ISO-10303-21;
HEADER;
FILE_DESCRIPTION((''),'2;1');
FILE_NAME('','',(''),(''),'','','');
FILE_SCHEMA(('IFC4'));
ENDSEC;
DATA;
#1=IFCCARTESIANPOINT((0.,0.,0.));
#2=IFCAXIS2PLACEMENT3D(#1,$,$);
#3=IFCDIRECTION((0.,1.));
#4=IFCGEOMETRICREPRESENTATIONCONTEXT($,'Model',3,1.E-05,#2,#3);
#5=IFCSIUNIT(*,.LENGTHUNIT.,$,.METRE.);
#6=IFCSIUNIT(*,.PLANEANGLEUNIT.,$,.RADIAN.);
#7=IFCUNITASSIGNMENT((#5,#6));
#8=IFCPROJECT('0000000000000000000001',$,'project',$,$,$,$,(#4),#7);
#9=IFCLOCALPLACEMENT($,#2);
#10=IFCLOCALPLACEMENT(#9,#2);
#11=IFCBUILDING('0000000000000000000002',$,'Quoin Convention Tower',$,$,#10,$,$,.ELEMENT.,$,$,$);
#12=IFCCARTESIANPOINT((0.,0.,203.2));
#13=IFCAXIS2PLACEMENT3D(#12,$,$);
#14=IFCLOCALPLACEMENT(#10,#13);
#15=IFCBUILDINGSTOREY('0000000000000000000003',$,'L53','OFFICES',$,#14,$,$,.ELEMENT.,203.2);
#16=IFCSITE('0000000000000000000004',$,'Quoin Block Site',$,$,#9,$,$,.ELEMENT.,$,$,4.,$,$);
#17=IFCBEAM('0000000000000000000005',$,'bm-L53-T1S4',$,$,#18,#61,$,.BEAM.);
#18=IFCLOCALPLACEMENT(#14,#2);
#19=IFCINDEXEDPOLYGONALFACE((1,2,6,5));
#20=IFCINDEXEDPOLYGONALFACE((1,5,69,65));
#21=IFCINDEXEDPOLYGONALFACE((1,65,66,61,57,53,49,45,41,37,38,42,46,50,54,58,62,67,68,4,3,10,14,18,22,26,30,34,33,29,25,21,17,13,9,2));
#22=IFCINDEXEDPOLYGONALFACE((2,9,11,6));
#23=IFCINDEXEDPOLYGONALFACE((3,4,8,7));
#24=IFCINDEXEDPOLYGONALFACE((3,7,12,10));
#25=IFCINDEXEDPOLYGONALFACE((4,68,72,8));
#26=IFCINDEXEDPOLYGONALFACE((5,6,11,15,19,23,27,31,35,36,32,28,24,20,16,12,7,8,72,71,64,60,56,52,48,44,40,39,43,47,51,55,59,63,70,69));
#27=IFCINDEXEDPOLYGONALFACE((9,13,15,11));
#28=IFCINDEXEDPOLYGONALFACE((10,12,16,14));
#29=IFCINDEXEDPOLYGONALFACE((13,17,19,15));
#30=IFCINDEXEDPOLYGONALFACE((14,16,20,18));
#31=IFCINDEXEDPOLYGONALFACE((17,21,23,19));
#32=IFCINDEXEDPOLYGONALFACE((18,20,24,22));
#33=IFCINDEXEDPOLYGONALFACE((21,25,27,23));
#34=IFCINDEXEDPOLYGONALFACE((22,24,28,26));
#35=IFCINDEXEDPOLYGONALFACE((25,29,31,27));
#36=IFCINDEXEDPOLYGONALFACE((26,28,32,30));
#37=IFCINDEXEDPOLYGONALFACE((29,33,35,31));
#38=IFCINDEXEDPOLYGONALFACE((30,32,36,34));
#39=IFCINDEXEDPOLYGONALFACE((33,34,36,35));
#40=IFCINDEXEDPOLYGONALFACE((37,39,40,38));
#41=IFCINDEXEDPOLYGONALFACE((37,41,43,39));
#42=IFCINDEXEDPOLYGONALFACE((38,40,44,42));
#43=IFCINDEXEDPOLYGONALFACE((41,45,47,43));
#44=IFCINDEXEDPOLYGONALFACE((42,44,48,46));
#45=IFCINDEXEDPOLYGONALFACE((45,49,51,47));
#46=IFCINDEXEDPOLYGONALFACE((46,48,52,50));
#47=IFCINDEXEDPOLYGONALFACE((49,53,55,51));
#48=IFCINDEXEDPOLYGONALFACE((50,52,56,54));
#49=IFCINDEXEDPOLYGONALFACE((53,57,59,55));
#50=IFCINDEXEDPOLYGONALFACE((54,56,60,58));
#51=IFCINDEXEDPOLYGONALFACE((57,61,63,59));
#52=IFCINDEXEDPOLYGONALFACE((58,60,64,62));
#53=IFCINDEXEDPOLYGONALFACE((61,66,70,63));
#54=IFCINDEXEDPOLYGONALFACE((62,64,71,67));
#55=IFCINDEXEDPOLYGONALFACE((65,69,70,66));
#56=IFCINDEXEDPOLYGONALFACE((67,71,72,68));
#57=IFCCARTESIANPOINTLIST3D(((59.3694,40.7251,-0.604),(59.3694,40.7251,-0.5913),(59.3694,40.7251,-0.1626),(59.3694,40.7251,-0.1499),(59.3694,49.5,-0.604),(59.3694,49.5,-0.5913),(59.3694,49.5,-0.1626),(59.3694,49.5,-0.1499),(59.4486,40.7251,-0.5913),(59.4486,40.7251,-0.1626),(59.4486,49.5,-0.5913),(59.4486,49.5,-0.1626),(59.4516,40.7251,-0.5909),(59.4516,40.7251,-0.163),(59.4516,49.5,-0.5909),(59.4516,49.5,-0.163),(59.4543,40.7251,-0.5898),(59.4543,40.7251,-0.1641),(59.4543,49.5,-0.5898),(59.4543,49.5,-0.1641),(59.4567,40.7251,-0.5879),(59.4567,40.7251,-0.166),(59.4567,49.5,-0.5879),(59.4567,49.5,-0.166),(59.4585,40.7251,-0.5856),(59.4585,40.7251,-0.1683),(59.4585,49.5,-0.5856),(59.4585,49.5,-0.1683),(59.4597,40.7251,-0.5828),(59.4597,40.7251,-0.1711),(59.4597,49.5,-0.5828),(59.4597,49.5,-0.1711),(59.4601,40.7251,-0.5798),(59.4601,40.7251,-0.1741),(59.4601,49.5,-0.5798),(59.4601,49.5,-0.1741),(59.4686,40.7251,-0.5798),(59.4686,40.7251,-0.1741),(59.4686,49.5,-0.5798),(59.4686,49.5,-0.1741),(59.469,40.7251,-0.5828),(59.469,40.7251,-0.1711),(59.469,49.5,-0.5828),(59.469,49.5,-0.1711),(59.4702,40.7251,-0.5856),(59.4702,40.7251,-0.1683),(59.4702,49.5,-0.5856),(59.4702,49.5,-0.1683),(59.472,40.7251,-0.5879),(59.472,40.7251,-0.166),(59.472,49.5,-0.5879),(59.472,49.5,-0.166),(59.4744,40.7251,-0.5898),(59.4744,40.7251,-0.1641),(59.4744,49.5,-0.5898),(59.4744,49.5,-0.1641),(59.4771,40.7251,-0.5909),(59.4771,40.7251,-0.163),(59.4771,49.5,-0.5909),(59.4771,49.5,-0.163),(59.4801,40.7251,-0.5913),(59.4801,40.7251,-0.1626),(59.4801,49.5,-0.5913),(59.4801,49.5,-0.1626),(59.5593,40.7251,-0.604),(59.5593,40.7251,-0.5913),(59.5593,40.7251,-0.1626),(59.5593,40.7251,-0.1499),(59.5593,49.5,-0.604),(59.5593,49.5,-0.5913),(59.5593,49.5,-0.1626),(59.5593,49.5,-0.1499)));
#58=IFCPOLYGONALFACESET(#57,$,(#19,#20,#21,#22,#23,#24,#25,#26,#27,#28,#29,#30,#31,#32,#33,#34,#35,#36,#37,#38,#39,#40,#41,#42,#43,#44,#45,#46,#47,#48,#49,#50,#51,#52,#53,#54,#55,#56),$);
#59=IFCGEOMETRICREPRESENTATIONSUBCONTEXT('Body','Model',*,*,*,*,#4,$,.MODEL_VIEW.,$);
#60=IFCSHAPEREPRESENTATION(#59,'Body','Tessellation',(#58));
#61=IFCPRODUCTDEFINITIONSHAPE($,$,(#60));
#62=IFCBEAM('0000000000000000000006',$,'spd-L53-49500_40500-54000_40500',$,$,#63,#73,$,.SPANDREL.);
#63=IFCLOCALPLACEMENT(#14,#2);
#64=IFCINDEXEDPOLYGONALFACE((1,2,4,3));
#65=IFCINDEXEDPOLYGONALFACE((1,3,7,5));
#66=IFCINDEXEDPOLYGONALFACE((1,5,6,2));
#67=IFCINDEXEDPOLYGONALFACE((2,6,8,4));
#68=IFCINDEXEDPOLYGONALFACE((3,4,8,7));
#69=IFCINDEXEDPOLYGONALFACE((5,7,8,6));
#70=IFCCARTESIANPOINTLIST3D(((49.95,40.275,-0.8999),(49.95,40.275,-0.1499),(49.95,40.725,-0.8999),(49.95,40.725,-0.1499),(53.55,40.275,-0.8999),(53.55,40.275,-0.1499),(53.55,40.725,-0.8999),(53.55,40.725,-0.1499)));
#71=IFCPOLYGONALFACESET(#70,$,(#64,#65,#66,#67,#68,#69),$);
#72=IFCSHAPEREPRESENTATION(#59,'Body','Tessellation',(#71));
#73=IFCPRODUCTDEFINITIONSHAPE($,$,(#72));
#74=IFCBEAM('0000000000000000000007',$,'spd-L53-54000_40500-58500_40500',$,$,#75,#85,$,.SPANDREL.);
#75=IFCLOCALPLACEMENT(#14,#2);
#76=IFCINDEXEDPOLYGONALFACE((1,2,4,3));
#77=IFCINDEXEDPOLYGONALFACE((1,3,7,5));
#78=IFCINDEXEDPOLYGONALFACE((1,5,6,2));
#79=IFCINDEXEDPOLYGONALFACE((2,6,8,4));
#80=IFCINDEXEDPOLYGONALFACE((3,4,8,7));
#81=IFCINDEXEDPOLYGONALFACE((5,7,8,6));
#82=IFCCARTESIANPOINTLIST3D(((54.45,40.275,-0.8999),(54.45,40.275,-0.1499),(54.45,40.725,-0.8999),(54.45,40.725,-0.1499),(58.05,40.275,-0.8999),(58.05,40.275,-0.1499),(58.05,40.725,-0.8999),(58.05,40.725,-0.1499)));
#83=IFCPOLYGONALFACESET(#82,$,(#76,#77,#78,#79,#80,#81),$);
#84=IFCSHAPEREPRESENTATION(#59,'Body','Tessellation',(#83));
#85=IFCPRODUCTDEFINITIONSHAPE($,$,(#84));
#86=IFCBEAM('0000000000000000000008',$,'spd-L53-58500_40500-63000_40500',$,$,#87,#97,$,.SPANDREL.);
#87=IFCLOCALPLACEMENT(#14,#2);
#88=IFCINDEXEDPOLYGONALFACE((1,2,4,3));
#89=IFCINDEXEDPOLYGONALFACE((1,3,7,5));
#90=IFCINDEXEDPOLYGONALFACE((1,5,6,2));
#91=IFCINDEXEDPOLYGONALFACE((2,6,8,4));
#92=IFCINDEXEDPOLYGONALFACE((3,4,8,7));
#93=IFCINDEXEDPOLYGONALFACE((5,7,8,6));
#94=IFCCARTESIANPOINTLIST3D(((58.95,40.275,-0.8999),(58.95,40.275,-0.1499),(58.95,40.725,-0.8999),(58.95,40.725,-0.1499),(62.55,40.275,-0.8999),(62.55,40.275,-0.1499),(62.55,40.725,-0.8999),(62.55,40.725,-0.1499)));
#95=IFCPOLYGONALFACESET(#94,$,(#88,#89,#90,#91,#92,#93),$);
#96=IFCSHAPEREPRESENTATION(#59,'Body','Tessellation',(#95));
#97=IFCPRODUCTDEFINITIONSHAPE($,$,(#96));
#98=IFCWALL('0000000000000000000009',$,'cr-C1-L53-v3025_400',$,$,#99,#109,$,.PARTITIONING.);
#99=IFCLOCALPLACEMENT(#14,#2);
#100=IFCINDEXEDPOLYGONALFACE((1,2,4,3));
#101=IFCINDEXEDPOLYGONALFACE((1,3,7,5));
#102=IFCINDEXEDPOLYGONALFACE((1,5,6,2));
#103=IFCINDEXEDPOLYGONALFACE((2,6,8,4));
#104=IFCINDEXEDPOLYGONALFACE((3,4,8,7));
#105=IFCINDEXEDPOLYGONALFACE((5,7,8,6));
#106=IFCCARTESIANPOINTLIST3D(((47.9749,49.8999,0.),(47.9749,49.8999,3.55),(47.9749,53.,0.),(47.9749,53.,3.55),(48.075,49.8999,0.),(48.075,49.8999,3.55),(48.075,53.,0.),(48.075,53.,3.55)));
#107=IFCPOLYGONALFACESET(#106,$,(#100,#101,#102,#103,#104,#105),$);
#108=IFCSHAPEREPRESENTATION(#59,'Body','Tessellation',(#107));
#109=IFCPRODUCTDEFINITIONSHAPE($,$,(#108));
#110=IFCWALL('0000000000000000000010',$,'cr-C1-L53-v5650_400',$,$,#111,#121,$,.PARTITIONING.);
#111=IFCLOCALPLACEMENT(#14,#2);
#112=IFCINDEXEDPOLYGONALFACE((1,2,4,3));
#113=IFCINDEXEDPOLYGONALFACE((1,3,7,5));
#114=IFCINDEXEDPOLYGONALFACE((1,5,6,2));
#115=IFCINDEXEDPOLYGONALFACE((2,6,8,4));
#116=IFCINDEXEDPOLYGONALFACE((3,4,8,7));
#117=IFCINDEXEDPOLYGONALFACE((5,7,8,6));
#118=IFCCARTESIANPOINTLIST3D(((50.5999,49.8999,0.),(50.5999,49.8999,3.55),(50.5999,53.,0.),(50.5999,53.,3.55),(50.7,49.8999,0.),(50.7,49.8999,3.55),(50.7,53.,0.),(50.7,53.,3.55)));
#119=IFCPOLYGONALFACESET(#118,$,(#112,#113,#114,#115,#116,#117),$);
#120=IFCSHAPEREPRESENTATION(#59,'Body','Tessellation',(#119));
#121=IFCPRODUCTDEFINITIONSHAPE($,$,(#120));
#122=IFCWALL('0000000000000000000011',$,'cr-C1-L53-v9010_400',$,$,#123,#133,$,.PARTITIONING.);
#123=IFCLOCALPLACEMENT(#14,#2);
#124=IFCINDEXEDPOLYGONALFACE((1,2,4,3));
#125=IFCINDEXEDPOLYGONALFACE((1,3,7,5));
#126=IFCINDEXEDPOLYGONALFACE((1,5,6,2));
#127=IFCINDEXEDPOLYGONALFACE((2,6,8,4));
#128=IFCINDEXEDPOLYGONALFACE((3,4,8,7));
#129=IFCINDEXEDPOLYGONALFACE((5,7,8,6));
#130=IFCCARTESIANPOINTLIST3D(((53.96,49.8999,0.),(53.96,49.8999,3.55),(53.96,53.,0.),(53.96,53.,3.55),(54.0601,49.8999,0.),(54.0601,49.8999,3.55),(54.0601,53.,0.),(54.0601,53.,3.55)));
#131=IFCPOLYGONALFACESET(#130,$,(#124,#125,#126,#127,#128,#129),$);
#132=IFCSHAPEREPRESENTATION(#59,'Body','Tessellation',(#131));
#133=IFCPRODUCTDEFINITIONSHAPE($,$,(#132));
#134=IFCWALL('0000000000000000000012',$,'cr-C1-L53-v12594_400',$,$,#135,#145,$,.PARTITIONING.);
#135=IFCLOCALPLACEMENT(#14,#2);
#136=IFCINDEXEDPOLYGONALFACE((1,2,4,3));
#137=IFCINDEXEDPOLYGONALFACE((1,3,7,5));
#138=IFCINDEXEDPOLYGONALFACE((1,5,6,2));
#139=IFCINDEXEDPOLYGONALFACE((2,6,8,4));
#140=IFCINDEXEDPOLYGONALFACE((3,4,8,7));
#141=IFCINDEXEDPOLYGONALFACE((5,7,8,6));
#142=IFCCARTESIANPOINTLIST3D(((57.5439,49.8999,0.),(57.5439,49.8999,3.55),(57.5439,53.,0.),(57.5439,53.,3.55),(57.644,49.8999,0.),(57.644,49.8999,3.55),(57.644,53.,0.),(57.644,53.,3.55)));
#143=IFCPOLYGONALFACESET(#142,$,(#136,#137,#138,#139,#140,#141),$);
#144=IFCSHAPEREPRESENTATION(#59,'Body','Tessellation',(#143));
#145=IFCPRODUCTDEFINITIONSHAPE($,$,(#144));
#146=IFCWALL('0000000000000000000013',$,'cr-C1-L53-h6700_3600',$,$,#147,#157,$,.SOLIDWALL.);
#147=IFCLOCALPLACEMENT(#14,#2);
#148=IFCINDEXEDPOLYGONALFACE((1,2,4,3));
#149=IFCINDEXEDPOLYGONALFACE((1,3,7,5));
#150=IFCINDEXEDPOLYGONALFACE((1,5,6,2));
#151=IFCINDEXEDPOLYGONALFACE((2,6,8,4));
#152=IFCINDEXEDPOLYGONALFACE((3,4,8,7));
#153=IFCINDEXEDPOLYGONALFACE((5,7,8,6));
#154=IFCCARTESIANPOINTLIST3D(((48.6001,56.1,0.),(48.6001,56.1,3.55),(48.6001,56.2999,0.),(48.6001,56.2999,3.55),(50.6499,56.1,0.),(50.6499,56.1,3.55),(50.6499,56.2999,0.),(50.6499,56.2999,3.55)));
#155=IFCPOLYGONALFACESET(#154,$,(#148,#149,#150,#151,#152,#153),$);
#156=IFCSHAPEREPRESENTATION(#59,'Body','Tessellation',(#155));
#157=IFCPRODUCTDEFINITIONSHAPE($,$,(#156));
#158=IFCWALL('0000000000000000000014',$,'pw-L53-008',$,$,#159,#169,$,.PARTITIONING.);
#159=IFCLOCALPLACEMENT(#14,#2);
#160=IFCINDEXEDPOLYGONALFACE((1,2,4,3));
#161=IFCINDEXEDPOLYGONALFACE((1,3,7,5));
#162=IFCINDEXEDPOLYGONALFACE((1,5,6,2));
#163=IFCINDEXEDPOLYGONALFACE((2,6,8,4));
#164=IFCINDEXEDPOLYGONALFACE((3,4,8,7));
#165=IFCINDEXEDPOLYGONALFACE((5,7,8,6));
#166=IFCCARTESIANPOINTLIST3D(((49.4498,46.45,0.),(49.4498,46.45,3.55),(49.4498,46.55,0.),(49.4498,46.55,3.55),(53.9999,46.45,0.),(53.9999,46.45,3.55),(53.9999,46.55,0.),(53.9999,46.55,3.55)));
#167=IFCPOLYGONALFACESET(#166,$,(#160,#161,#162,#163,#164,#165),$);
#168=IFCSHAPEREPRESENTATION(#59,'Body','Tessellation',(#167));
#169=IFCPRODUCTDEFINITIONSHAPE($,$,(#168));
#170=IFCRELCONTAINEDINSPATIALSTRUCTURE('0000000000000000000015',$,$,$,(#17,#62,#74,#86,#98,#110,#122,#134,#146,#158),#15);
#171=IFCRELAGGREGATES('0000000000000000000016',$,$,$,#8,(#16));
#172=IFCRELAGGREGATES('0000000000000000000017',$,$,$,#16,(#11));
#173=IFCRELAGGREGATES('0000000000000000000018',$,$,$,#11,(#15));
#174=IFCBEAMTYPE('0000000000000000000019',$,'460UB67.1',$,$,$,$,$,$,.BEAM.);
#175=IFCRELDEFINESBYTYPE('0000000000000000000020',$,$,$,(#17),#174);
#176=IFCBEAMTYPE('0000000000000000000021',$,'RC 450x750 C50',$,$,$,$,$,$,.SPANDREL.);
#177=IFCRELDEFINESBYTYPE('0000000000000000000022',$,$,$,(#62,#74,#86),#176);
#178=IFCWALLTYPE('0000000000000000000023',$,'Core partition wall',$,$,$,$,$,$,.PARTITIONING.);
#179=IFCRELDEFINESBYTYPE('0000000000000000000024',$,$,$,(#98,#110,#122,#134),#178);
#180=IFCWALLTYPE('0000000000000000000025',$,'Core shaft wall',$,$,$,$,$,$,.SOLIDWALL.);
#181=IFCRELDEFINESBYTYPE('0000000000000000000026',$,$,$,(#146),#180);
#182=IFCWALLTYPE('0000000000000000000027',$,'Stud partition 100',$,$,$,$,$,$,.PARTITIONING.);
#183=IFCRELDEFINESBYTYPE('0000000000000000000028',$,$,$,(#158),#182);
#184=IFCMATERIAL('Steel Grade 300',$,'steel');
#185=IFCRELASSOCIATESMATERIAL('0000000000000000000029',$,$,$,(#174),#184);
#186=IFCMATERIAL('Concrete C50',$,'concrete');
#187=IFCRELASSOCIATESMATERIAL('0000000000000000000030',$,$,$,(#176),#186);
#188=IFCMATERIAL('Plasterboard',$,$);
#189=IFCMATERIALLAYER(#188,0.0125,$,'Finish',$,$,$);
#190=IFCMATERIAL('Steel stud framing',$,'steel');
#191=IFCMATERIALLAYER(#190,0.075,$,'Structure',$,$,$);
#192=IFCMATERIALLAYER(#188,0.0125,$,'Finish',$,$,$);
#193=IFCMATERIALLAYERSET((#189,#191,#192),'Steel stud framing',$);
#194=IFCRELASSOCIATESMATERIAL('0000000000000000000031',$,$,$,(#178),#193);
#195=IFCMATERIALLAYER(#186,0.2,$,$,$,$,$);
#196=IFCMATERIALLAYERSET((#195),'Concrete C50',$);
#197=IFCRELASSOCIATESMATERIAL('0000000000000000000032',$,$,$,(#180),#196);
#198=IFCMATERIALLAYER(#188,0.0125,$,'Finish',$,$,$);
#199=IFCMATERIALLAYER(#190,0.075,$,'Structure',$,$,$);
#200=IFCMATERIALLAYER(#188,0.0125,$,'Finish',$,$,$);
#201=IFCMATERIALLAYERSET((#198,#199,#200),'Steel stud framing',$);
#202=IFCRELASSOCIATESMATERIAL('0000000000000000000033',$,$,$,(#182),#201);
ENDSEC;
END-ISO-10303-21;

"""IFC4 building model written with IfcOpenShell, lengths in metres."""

from ifc_helpers import new_model, si_unit, direction, frame, frame_2d, origin, origin_2d, place, context, subcontext, project, spatial, rectangle, i_section, extrude, material, layer, layer_set, material_profile, profile_set, type_object, element, save


model = new_model("IFC4")

# Units and contexts
model_context = context("Model", 3, precision=1e-05, world=origin(), true_north=direction((0.0, 1.0)))
body_context = subcontext(model_context, "Body", "Model", "MODEL_VIEW")
ifc_project = project(units=[si_unit("LENGTHUNIT", "METRE"), si_unit("PLANEANGLEUNIT", "RADIAN")], contexts=[model_context])

# Site, building, storey
site_placement = place(None, origin())
site = spatial("IfcSite", under=ifc_project, at=site_placement, Name="Quoin Block Site", CompositionType="ELEMENT", RefElevation=4.0)
building_placement = place(site_placement, origin())
building = spatial("IfcBuilding", under=site, at=building_placement, Name="Quoin Convention Tower", CompositionType="ELEMENT")
storey_placement = place(building_placement, frame((0.0, 0.0, 203.2)))
storey = spatial("IfcBuildingStorey", under=building, at=storey_placement, Name="L53", Description="OFFICES", CompositionType="ELEMENT", Elevation=203.2)

# Shared definitions
ifc_material_1 = material(Name="Concrete C50", Category="concrete")

# Beams
ifc_material_2 = material(Name="Steel Grade 300", Category="steel")
ifc_material_profile_1 = material_profile(ifc_material_2, i_section(OverallWidth=0.1899, OverallDepth=0.4541, WebThickness=0.0085, FlangeThickness=0.0127, FilletRadius=0.0115, at=origin_2d()), Name="460UB67.1")
ifc_profile_set_1 = profile_set([ifc_material_profile_1], Name="Steel Grade 300")
beam_type_1 = type_object("IfcBeamType", Name="460UB67.1", PredefinedType="BEAM", material=ifc_profile_set_1)
for number, where, z_axis, x_axis, name in (
    (1, (59.4644, 40.7251, -0.377), (0.0, 1.0, 0.0), (-1.0, 0.0, 0.0), "bm-L53-T1S4"),
):
    element("IfcBeam", number, at=place(storey_placement, frame(where, z_axis=z_axis, x_axis=x_axis)), inside=storey, type_object=beam_type_1, Name=name, PredefinedType="BEAM", context=body_context, shape_type="SweptSolid", body=[
        extrude(i_section(OverallWidth=0.1899, OverallDepth=0.4541, WebThickness=0.0085, FlangeThickness=0.0127, FilletRadius=0.0115, at=origin_2d()), origin(), (0.0, 0.0, 1.0), 8.7749),
    ])
ifc_material_profile_2 = material_profile(ifc_material_1, rectangle(XDim=0.45, YDim=0.75, at=origin_2d()), Name="RC 450x750")
ifc_profile_set_2 = profile_set([ifc_material_profile_2], Name="Concrete C50")
beam_type_2 = type_object("IfcBeamType", Name="RC 450x750 C50", PredefinedType="SPANDREL", material=ifc_profile_set_2)
for number, where, z_axis, x_axis, name in (
    (2, (49.95, 40.5, -0.5249), (1.0, 0.0, 0.0), (0.0, 1.0, 0.0), "spd-L53-49500_40500-54000_40500"),
    (3, (54.45, 40.5, -0.5249), (1.0, 0.0, 0.0), (0.0, 1.0, 0.0), "spd-L53-54000_40500-58500_40500"),
    (4, (58.95, 40.5, -0.5249), (1.0, 0.0, 0.0), (0.0, 1.0, 0.0), "spd-L53-58500_40500-63000_40500"),
):
    element("IfcBeam", number, at=place(storey_placement, frame(where, z_axis=z_axis, x_axis=x_axis)), inside=storey, type_object=beam_type_2, Name=name, PredefinedType="SPANDREL", context=body_context, shape_type="SweptSolid", body=[
        extrude(rectangle(XDim=0.45, YDim=0.75, at=origin_2d()), origin(), (0.0, 0.0, 1.0), 3.6001),
    ])

# Walls
ifc_material_3 = material(Name="Plasterboard")
ifc_layer_1 = layer(ifc_material_3, 0.0125, Name="Finish")
ifc_material_4 = material(Name="Steel stud framing", Category="steel")
ifc_layer_2 = layer(ifc_material_4, 0.075, Name="Structure")
ifc_layer_3 = layer(ifc_material_3, 0.0125, Name="Finish")
ifc_layer_set_1 = layer_set([ifc_layer_1, ifc_layer_2, ifc_layer_3], Name="Steel stud framing")
wall_type_1 = type_object("IfcWallType", Name="Core partition wall", PredefinedType="PARTITIONING", material=ifc_layer_set_1)
for number, where, z_axis, x_axis, name in (
    (5, (48.0249, 49.8999, 0.0), (0.0, 0.0, 1.0), (0.0, 1.0, 0.0), "cr-C1-L53-v3025_400"),
    (6, (50.6499, 49.8999, 0.0), (0.0, 0.0, 1.0), (0.0, 1.0, 0.0), "cr-C1-L53-v5650_400"),
    (7, (54.01, 49.8999, 0.0), (0.0, 0.0, 1.0), (0.0, 1.0, 0.0), "cr-C1-L53-v9010_400"),
    (8, (57.594, 49.8999, 0.0), (0.0, 0.0, 1.0), (0.0, 1.0, 0.0), "cr-C1-L53-v12594_400"),
):
    element("IfcWall", number, at=place(storey_placement, frame(where, z_axis=z_axis, x_axis=x_axis)), inside=storey, type_object=wall_type_1, Name=name, PredefinedType="PARTITIONING", context=body_context, shape_type="SweptSolid", body=[
        extrude(rectangle(XDim=3.1001, YDim=0.1001, at=frame_2d((1.55, 0.0))), origin(), (0.0, 0.0, 1.0), 3.55),
    ])
ifc_layer_4 = layer(ifc_material_1, 0.2)
ifc_layer_set_2 = layer_set([ifc_layer_4], Name="Concrete C50")
wall_type_2 = type_object("IfcWallType", Name="Core shaft wall", PredefinedType="SOLIDWALL", material=ifc_layer_set_2)
wall_1_placement = place(storey_placement, frame((48.6001, 56.2, 0.0), z_axis=(0.0, 0.0, 1.0), x_axis=(1.0, 0.0, 0.0)))
element("IfcWall", 9, at=wall_1_placement, inside=storey, type_object=wall_type_2, Name="cr-C1-L53-h6700_3600", PredefinedType="SOLIDWALL", context=body_context, shape_type="SweptSolid", body=[
    extrude(rectangle(XDim=2.0498, YDim=0.2, at=frame_2d((1.0249, 0.0))), origin(), (0.0, 0.0, 1.0), 3.55),
])
ifc_layer_5 = layer(ifc_material_3, 0.0125, Name="Finish")
ifc_layer_6 = layer(ifc_material_4, 0.075, Name="Structure")
ifc_layer_7 = layer(ifc_material_3, 0.0125, Name="Finish")
ifc_layer_set_3 = layer_set([ifc_layer_5, ifc_layer_6, ifc_layer_7], Name="Steel stud framing")
wall_type_3 = type_object("IfcWallType", Name="Stud partition 100", PredefinedType="PARTITIONING", material=ifc_layer_set_3)
wall_2_placement = place(storey_placement, frame((49.45, 46.5, 0.0), z_axis=(0.0, 0.0, 1.0), x_axis=(1.0, 0.0, 0.0)))
element("IfcWall", 10, at=wall_2_placement, inside=storey, type_object=wall_type_3, Name="pw-L53-008", PredefinedType="PARTITIONING", context=body_context, shape_type="SweptSolid", body=[
    extrude(rectangle(XDim=4.55, YDim=0.1001, at=frame_2d((2.2749, 0.0))), origin(), (0.0, 0.0, 1.0), 3.55),
])

save(model, "model.ifc")
